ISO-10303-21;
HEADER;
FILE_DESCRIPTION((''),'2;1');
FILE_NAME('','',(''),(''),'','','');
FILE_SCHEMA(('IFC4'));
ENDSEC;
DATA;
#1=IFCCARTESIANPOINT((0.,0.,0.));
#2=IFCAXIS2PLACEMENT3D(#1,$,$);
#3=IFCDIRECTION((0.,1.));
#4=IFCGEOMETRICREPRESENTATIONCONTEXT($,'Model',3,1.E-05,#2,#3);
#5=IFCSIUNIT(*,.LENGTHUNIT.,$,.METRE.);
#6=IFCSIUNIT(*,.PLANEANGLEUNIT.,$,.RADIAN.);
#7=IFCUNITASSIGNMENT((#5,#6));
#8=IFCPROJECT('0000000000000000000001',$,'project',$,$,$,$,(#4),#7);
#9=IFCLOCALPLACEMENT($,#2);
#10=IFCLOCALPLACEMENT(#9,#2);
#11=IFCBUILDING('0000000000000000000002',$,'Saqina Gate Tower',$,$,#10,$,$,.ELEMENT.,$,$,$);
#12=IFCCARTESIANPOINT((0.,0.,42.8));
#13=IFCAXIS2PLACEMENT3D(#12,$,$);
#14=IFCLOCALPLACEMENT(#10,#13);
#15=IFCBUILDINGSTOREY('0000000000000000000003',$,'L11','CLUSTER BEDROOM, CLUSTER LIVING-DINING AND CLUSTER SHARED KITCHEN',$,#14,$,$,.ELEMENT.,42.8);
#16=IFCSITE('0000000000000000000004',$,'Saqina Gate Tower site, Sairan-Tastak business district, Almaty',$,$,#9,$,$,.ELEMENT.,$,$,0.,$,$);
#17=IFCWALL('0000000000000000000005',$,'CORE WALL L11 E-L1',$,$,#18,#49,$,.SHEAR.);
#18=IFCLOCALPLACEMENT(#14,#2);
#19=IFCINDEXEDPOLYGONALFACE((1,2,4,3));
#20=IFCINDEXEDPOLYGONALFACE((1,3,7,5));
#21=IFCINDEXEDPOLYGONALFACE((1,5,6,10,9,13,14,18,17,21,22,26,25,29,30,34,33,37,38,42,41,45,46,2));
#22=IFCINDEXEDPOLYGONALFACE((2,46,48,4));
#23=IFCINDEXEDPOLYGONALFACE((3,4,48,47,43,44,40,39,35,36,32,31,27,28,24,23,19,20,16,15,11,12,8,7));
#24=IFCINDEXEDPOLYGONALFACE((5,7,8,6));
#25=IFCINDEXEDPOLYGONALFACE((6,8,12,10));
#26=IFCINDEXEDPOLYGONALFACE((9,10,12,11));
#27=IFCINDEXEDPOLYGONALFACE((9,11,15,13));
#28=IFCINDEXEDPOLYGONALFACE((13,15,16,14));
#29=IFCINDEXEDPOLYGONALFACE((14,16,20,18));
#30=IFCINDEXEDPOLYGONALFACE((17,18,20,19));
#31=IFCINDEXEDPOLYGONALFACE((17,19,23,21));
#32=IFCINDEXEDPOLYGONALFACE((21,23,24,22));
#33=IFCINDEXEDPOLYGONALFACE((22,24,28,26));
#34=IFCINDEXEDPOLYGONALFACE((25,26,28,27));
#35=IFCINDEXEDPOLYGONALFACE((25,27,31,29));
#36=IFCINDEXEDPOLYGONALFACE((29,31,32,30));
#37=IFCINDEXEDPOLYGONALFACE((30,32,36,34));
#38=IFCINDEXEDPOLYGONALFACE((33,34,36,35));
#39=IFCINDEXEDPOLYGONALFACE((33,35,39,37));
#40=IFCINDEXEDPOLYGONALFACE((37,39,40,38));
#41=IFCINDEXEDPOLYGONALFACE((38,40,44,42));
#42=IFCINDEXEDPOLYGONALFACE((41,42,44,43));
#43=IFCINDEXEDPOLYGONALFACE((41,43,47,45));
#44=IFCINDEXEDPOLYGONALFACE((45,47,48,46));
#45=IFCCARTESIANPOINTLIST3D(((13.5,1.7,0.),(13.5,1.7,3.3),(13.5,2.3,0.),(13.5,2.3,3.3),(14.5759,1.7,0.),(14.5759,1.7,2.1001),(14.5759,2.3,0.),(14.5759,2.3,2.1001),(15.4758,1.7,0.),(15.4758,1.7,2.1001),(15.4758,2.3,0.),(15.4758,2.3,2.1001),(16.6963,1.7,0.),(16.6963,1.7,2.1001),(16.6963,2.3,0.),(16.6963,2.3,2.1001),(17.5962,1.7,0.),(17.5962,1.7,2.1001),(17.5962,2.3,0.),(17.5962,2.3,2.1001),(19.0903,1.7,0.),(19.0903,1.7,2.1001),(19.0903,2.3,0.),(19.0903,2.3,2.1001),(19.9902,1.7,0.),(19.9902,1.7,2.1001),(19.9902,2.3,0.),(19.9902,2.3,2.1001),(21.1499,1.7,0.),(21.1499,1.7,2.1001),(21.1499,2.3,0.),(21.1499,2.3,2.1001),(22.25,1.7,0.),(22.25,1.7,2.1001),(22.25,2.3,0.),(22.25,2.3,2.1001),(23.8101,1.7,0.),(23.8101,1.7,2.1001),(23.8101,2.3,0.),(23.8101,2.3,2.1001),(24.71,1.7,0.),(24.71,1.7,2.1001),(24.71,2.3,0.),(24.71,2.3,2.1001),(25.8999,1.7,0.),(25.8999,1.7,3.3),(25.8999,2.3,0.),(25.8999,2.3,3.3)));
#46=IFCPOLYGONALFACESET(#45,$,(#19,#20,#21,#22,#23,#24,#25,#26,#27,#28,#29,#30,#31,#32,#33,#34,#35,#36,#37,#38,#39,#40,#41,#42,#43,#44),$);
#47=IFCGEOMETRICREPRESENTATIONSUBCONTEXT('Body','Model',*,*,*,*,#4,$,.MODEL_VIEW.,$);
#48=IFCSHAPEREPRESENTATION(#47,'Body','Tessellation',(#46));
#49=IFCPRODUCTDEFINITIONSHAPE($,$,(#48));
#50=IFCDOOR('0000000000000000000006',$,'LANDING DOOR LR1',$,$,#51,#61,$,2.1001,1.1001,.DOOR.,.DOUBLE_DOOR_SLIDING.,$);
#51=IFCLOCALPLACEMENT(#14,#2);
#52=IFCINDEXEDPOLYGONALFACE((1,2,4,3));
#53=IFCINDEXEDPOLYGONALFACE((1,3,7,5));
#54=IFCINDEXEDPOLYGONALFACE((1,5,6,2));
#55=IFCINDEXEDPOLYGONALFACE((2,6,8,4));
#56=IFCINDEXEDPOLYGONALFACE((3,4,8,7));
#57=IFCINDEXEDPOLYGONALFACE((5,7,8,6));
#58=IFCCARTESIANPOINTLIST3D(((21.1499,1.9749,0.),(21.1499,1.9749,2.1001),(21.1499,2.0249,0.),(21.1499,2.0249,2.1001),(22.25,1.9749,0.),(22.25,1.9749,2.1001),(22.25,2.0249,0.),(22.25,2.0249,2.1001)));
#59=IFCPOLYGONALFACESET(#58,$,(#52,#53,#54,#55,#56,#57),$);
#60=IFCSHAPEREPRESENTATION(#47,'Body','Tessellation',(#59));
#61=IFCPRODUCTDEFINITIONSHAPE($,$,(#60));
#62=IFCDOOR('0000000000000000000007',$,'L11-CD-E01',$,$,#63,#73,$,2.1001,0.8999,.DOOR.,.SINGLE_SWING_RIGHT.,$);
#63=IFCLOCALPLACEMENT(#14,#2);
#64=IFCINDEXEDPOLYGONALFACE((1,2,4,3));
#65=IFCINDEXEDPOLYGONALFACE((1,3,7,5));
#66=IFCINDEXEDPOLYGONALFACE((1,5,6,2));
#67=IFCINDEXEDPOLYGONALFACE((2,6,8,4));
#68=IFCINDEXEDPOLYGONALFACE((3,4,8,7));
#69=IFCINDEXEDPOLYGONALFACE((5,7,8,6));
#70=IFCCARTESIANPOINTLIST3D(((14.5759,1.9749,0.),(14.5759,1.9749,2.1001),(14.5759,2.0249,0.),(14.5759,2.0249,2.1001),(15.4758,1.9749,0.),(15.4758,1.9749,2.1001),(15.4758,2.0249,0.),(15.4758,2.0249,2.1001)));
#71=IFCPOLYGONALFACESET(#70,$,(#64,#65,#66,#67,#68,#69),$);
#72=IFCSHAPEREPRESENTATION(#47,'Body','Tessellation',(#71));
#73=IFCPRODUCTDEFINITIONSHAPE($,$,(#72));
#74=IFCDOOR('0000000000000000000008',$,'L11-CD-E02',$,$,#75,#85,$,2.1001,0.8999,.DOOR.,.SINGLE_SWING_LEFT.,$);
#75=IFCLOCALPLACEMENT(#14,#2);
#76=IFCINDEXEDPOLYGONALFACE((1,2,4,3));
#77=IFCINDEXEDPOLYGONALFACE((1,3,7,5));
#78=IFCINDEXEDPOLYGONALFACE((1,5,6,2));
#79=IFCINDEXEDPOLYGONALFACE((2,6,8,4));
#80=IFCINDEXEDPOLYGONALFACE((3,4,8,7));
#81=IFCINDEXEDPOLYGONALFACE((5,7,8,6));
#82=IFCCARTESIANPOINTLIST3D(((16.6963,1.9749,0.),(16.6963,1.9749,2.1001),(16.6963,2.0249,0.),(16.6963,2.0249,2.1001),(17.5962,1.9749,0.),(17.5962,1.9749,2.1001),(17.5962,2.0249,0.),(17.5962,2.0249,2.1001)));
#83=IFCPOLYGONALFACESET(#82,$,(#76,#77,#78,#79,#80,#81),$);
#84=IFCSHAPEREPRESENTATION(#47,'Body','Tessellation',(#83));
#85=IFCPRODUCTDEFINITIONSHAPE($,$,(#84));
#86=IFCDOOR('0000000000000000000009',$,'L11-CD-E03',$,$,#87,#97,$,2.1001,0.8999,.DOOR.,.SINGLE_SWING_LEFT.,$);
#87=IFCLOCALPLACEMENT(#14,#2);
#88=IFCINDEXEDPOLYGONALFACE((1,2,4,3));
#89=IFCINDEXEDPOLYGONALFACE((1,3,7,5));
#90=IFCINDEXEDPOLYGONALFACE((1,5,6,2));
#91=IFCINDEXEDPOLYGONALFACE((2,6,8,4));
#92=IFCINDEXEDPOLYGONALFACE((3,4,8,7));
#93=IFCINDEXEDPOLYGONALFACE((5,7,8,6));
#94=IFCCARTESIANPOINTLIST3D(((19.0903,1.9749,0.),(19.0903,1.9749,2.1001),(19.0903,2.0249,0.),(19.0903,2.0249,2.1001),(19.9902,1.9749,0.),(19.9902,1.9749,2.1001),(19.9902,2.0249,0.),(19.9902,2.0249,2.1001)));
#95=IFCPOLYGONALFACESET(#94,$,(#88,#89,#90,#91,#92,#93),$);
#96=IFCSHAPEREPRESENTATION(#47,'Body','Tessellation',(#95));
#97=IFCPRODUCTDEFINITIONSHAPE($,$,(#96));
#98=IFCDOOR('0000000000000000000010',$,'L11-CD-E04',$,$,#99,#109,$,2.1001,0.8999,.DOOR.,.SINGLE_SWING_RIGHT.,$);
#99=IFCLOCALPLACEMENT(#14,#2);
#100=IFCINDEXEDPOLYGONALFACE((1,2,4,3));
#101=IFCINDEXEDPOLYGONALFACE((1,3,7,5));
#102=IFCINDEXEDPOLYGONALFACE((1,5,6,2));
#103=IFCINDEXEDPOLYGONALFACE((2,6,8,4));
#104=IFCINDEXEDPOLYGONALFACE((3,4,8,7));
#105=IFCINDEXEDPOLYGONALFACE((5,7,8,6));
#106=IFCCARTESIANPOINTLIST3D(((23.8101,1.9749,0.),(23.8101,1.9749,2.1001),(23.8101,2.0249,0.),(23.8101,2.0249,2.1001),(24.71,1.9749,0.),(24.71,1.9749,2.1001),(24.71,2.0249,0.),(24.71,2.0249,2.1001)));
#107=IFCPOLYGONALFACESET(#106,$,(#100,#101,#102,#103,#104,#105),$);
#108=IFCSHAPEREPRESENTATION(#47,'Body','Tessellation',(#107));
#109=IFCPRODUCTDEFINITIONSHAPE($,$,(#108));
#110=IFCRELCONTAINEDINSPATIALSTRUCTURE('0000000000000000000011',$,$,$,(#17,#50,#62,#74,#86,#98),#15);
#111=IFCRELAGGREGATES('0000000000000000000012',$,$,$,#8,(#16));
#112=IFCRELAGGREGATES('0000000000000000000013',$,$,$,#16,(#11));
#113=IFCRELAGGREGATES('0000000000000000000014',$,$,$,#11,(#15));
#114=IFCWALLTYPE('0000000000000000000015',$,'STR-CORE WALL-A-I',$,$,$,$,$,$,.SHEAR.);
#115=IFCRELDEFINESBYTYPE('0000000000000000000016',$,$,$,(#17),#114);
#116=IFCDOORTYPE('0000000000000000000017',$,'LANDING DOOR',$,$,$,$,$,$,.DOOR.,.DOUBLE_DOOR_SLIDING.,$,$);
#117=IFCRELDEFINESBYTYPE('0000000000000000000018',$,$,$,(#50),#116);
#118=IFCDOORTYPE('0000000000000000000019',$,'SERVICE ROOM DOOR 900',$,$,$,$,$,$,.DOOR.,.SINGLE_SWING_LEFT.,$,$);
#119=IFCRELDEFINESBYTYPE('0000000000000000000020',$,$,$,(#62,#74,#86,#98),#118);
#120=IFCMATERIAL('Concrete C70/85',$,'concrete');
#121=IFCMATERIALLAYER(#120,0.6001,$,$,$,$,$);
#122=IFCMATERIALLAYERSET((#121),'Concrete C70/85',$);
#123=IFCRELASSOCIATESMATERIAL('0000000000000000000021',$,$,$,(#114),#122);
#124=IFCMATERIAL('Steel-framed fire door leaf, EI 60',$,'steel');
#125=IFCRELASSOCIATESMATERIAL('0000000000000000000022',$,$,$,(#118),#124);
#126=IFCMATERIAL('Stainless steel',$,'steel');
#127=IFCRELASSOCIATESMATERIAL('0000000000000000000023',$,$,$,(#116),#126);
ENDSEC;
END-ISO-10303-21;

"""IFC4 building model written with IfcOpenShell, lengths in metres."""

from ifc_helpers import new_model, si_unit, direction, frame, frame_2d, origin, place, context, subcontext, project, spatial, rectangle, extrude, material, layer, layer_set, type_object, element, fill, save


model = new_model("IFC4")

# Units and contexts
model_context = context("Model", 3, precision=1e-05, world=origin(), true_north=direction((0.0, 1.0)))
body_context = subcontext(model_context, "Body", "Model", "MODEL_VIEW")
ifc_project = project(units=[si_unit("LENGTHUNIT", "METRE"), si_unit("PLANEANGLEUNIT", "RADIAN")], contexts=[model_context])

# Site, building, storey
site_placement = place(None, origin())
site = spatial("IfcSite", under=ifc_project, at=site_placement, Name="Saqina Gate Tower site, Sairan-Tastak business district, Almaty", CompositionType="ELEMENT", RefElevation=0.0)
building_placement = place(site_placement, origin())
building = spatial("IfcBuilding", under=site, at=building_placement, Name="Saqina Gate Tower", CompositionType="ELEMENT")
storey_placement = place(building_placement, frame((0.0, 0.0, 42.8)))
storey = spatial("IfcBuildingStorey", under=building, at=storey_placement, Name="L11", Description="CLUSTER BEDROOM, CLUSTER LIVING-DINING AND CLUSTER SHARED KITCHEN", CompositionType="ELEMENT", Elevation=42.8)

# Wall, openings, doors
ifc_material_1 = material(Name="Concrete C70/85", Category="concrete")
ifc_layer_1 = layer(ifc_material_1, 0.6001)
ifc_layer_set_1 = layer_set([ifc_layer_1], Name="Concrete C70/85")
wall_type_1 = type_object("IfcWallType", Name="STR-CORE WALL-A-I", PredefinedType="SHEAR", material=ifc_layer_set_1)
ifc_material_2 = material(Name="Steel-framed fire door leaf, EI 60", Category="steel")
door_type_1 = type_object("IfcDoorType", Name="SERVICE ROOM DOOR 900", OperationType="SINGLE_SWING_LEFT", PredefinedType="DOOR", material=ifc_material_2)
wall_1_placement = place(storey_placement, frame((13.5, 2.0, 0.0), z_axis=(0.0, 0.0, 1.0), x_axis=(1.0, 0.0, 0.0)))
wall_1 = element("IfcWall", 1, at=wall_1_placement, inside=storey, type_object=wall_type_1, Name="CORE WALL L11 E-L1", PredefinedType="SHEAR", context=body_context, shape_type="SweptSolid", body=[
    extrude(rectangle(XDim=12.3999, YDim=0.6001, at=frame_2d((6.2, 0.0))), origin(), (0.0, 0.0, 1.0), 3.3),
])
opening_1_placement = place(wall_1_placement, frame((7.6499, 0.0, 0.0)))
opening_1 = element("IfcOpeningElement", 2, at=opening_1_placement, cuts=wall_1, PredefinedType="OPENING", context=body_context, shape_type="SweptSolid", body=[
    extrude(rectangle(XDim=1.1001, YDim=2.1001, at=frame_2d((0.55, 1.05))), frame((0.0, 0.312, 0.0), z_axis=(0.0, -1.0, 0.0), x_axis=(1.0, 0.0, 0.0)), (0.0, 0.0, 1.0), 0.624),
])
opening_2_placement = place(wall_1_placement, frame((1.0759, 0.0, 0.0)))
opening_2 = element("IfcOpeningElement", 3, at=opening_2_placement, cuts=wall_1, PredefinedType="OPENING", context=body_context, shape_type="SweptSolid", body=[
    extrude(rectangle(XDim=0.8999, YDim=2.1001, at=frame_2d((0.45, 1.05))), frame((0.0, 0.312, 0.0), z_axis=(0.0, -1.0, 0.0), x_axis=(1.0, 0.0, 0.0)), (0.0, 0.0, 1.0), 0.624),
])
opening_3_placement = place(wall_1_placement, frame((3.1963, 0.0, 0.0)))
opening_3 = element("IfcOpeningElement", 4, at=opening_3_placement, cuts=wall_1, PredefinedType="OPENING", context=body_context, shape_type="SweptSolid", body=[
    extrude(rectangle(XDim=0.8999, YDim=2.1001, at=frame_2d((0.45, 1.05))), frame((0.0, 0.312, 0.0), z_axis=(0.0, -1.0, 0.0), x_axis=(1.0, 0.0, 0.0)), (0.0, 0.0, 1.0), 0.624),
])
opening_4_placement = place(wall_1_placement, frame((5.5903, 0.0, 0.0)))
opening_4 = element("IfcOpeningElement", 5, at=opening_4_placement, cuts=wall_1, PredefinedType="OPENING", context=body_context, shape_type="SweptSolid", body=[
    extrude(rectangle(XDim=0.8999, YDim=2.1001, at=frame_2d((0.45, 1.05))), frame((0.0, 0.312, 0.0), z_axis=(0.0, -1.0, 0.0), x_axis=(1.0, 0.0, 0.0)), (0.0, 0.0, 1.0), 0.624),
])
opening_5_placement = place(wall_1_placement, frame((10.3101, 0.0, 0.0)))
opening_5 = element("IfcOpeningElement", 6, at=opening_5_placement, cuts=wall_1, PredefinedType="OPENING", context=body_context, shape_type="SweptSolid", body=[
    extrude(rectangle(XDim=0.8999, YDim=2.1001, at=frame_2d((0.45, 1.05))), frame((0.0, 0.312, 0.0), z_axis=(0.0, -1.0, 0.0), x_axis=(1.0, 0.0, 0.0)), (0.0, 0.0, 1.0), 0.624),
])
ifc_material_3 = material(Name="Stainless steel", Category="steel")
door_type_2 = type_object("IfcDoorType", Name="LANDING DOOR", OperationType="DOUBLE_DOOR_SLIDING", PredefinedType="DOOR", material=ifc_material_3)
door_1_placement = place(opening_1_placement, origin())
door_1 = element("IfcDoor", 7, at=door_1_placement, inside=storey, type_object=door_type_2, Name="LANDING DOOR LR1", OperationType="DOUBLE_DOOR_SLIDING", OverallHeight=2.1001, OverallWidth=1.1001, PredefinedType="DOOR", context=body_context, shape_type="SweptSolid", body=[
    extrude(rectangle(XDim=1.1001, YDim=2.1001, at=frame_2d((0.55, 1.05))), frame((0.0, 0.0249, 0.0), z_axis=(0.0, -1.0, 0.0), x_axis=(1.0, 0.0, 0.0)), (0.0, 0.0, 1.0), 0.05),
])
fill(opening_1, door_1)
door_2_placement = place(opening_2_placement, origin())
door_2 = element("IfcDoor", 8, at=door_2_placement, inside=storey, type_object=door_type_1, Name="L11-CD-E01", OperationType="SINGLE_SWING_RIGHT", OverallHeight=2.1001, OverallWidth=0.8999, PredefinedType="DOOR", context=body_context, shape_type="SweptSolid", body=[
    extrude(rectangle(XDim=0.8999, YDim=2.1001, at=frame_2d((0.45, 1.05))), frame((0.0, 0.0249, 0.0), z_axis=(0.0, -1.0, 0.0), x_axis=(1.0, 0.0, 0.0)), (0.0, 0.0, 1.0), 0.05),
])
fill(opening_2, door_2)
door_3_placement = place(opening_3_placement, origin())
door_3 = element("IfcDoor", 9, at=door_3_placement, inside=storey, type_object=door_type_1, Name="L11-CD-E02", OperationType="SINGLE_SWING_LEFT", OverallHeight=2.1001, OverallWidth=0.8999, PredefinedType="DOOR", context=body_context, shape_type="SweptSolid", body=[
    extrude(rectangle(XDim=0.8999, YDim=2.1001, at=frame_2d((0.45, 1.05))), frame((0.0, 0.0249, 0.0), z_axis=(0.0, -1.0, 0.0), x_axis=(1.0, 0.0, 0.0)), (0.0, 0.0, 1.0), 0.05),
])
fill(opening_3, door_3)
door_4_placement = place(opening_4_placement, origin())
door_4 = element("IfcDoor", 10, at=door_4_placement, inside=storey, type_object=door_type_1, Name="L11-CD-E03", OperationType="SINGLE_SWING_LEFT", OverallHeight=2.1001, OverallWidth=0.8999, PredefinedType="DOOR", context=body_context, shape_type="SweptSolid", body=[
    extrude(rectangle(XDim=0.8999, YDim=2.1001, at=frame_2d((0.45, 1.05))), frame((0.0, 0.0249, 0.0), z_axis=(0.0, -1.0, 0.0), x_axis=(1.0, 0.0, 0.0)), (0.0, 0.0, 1.0), 0.05),
])
fill(opening_4, door_4)
door_5_placement = place(opening_5_placement, origin())
door_5 = element("IfcDoor", 11, at=door_5_placement, inside=storey, type_object=door_type_1, Name="L11-CD-E04", OperationType="SINGLE_SWING_RIGHT", OverallHeight=2.1001, OverallWidth=0.8999, PredefinedType="DOOR", context=body_context, shape_type="SweptSolid", body=[
    extrude(rectangle(XDim=0.8999, YDim=2.1001, at=frame_2d((0.45, 1.05))), frame((0.0, 0.0249, 0.0), z_axis=(0.0, -1.0, 0.0), x_axis=(1.0, 0.0, 0.0)), (0.0, 0.0, 1.0), 0.05),
])
fill(opening_5, door_5)

save(model, "model.ifc")
